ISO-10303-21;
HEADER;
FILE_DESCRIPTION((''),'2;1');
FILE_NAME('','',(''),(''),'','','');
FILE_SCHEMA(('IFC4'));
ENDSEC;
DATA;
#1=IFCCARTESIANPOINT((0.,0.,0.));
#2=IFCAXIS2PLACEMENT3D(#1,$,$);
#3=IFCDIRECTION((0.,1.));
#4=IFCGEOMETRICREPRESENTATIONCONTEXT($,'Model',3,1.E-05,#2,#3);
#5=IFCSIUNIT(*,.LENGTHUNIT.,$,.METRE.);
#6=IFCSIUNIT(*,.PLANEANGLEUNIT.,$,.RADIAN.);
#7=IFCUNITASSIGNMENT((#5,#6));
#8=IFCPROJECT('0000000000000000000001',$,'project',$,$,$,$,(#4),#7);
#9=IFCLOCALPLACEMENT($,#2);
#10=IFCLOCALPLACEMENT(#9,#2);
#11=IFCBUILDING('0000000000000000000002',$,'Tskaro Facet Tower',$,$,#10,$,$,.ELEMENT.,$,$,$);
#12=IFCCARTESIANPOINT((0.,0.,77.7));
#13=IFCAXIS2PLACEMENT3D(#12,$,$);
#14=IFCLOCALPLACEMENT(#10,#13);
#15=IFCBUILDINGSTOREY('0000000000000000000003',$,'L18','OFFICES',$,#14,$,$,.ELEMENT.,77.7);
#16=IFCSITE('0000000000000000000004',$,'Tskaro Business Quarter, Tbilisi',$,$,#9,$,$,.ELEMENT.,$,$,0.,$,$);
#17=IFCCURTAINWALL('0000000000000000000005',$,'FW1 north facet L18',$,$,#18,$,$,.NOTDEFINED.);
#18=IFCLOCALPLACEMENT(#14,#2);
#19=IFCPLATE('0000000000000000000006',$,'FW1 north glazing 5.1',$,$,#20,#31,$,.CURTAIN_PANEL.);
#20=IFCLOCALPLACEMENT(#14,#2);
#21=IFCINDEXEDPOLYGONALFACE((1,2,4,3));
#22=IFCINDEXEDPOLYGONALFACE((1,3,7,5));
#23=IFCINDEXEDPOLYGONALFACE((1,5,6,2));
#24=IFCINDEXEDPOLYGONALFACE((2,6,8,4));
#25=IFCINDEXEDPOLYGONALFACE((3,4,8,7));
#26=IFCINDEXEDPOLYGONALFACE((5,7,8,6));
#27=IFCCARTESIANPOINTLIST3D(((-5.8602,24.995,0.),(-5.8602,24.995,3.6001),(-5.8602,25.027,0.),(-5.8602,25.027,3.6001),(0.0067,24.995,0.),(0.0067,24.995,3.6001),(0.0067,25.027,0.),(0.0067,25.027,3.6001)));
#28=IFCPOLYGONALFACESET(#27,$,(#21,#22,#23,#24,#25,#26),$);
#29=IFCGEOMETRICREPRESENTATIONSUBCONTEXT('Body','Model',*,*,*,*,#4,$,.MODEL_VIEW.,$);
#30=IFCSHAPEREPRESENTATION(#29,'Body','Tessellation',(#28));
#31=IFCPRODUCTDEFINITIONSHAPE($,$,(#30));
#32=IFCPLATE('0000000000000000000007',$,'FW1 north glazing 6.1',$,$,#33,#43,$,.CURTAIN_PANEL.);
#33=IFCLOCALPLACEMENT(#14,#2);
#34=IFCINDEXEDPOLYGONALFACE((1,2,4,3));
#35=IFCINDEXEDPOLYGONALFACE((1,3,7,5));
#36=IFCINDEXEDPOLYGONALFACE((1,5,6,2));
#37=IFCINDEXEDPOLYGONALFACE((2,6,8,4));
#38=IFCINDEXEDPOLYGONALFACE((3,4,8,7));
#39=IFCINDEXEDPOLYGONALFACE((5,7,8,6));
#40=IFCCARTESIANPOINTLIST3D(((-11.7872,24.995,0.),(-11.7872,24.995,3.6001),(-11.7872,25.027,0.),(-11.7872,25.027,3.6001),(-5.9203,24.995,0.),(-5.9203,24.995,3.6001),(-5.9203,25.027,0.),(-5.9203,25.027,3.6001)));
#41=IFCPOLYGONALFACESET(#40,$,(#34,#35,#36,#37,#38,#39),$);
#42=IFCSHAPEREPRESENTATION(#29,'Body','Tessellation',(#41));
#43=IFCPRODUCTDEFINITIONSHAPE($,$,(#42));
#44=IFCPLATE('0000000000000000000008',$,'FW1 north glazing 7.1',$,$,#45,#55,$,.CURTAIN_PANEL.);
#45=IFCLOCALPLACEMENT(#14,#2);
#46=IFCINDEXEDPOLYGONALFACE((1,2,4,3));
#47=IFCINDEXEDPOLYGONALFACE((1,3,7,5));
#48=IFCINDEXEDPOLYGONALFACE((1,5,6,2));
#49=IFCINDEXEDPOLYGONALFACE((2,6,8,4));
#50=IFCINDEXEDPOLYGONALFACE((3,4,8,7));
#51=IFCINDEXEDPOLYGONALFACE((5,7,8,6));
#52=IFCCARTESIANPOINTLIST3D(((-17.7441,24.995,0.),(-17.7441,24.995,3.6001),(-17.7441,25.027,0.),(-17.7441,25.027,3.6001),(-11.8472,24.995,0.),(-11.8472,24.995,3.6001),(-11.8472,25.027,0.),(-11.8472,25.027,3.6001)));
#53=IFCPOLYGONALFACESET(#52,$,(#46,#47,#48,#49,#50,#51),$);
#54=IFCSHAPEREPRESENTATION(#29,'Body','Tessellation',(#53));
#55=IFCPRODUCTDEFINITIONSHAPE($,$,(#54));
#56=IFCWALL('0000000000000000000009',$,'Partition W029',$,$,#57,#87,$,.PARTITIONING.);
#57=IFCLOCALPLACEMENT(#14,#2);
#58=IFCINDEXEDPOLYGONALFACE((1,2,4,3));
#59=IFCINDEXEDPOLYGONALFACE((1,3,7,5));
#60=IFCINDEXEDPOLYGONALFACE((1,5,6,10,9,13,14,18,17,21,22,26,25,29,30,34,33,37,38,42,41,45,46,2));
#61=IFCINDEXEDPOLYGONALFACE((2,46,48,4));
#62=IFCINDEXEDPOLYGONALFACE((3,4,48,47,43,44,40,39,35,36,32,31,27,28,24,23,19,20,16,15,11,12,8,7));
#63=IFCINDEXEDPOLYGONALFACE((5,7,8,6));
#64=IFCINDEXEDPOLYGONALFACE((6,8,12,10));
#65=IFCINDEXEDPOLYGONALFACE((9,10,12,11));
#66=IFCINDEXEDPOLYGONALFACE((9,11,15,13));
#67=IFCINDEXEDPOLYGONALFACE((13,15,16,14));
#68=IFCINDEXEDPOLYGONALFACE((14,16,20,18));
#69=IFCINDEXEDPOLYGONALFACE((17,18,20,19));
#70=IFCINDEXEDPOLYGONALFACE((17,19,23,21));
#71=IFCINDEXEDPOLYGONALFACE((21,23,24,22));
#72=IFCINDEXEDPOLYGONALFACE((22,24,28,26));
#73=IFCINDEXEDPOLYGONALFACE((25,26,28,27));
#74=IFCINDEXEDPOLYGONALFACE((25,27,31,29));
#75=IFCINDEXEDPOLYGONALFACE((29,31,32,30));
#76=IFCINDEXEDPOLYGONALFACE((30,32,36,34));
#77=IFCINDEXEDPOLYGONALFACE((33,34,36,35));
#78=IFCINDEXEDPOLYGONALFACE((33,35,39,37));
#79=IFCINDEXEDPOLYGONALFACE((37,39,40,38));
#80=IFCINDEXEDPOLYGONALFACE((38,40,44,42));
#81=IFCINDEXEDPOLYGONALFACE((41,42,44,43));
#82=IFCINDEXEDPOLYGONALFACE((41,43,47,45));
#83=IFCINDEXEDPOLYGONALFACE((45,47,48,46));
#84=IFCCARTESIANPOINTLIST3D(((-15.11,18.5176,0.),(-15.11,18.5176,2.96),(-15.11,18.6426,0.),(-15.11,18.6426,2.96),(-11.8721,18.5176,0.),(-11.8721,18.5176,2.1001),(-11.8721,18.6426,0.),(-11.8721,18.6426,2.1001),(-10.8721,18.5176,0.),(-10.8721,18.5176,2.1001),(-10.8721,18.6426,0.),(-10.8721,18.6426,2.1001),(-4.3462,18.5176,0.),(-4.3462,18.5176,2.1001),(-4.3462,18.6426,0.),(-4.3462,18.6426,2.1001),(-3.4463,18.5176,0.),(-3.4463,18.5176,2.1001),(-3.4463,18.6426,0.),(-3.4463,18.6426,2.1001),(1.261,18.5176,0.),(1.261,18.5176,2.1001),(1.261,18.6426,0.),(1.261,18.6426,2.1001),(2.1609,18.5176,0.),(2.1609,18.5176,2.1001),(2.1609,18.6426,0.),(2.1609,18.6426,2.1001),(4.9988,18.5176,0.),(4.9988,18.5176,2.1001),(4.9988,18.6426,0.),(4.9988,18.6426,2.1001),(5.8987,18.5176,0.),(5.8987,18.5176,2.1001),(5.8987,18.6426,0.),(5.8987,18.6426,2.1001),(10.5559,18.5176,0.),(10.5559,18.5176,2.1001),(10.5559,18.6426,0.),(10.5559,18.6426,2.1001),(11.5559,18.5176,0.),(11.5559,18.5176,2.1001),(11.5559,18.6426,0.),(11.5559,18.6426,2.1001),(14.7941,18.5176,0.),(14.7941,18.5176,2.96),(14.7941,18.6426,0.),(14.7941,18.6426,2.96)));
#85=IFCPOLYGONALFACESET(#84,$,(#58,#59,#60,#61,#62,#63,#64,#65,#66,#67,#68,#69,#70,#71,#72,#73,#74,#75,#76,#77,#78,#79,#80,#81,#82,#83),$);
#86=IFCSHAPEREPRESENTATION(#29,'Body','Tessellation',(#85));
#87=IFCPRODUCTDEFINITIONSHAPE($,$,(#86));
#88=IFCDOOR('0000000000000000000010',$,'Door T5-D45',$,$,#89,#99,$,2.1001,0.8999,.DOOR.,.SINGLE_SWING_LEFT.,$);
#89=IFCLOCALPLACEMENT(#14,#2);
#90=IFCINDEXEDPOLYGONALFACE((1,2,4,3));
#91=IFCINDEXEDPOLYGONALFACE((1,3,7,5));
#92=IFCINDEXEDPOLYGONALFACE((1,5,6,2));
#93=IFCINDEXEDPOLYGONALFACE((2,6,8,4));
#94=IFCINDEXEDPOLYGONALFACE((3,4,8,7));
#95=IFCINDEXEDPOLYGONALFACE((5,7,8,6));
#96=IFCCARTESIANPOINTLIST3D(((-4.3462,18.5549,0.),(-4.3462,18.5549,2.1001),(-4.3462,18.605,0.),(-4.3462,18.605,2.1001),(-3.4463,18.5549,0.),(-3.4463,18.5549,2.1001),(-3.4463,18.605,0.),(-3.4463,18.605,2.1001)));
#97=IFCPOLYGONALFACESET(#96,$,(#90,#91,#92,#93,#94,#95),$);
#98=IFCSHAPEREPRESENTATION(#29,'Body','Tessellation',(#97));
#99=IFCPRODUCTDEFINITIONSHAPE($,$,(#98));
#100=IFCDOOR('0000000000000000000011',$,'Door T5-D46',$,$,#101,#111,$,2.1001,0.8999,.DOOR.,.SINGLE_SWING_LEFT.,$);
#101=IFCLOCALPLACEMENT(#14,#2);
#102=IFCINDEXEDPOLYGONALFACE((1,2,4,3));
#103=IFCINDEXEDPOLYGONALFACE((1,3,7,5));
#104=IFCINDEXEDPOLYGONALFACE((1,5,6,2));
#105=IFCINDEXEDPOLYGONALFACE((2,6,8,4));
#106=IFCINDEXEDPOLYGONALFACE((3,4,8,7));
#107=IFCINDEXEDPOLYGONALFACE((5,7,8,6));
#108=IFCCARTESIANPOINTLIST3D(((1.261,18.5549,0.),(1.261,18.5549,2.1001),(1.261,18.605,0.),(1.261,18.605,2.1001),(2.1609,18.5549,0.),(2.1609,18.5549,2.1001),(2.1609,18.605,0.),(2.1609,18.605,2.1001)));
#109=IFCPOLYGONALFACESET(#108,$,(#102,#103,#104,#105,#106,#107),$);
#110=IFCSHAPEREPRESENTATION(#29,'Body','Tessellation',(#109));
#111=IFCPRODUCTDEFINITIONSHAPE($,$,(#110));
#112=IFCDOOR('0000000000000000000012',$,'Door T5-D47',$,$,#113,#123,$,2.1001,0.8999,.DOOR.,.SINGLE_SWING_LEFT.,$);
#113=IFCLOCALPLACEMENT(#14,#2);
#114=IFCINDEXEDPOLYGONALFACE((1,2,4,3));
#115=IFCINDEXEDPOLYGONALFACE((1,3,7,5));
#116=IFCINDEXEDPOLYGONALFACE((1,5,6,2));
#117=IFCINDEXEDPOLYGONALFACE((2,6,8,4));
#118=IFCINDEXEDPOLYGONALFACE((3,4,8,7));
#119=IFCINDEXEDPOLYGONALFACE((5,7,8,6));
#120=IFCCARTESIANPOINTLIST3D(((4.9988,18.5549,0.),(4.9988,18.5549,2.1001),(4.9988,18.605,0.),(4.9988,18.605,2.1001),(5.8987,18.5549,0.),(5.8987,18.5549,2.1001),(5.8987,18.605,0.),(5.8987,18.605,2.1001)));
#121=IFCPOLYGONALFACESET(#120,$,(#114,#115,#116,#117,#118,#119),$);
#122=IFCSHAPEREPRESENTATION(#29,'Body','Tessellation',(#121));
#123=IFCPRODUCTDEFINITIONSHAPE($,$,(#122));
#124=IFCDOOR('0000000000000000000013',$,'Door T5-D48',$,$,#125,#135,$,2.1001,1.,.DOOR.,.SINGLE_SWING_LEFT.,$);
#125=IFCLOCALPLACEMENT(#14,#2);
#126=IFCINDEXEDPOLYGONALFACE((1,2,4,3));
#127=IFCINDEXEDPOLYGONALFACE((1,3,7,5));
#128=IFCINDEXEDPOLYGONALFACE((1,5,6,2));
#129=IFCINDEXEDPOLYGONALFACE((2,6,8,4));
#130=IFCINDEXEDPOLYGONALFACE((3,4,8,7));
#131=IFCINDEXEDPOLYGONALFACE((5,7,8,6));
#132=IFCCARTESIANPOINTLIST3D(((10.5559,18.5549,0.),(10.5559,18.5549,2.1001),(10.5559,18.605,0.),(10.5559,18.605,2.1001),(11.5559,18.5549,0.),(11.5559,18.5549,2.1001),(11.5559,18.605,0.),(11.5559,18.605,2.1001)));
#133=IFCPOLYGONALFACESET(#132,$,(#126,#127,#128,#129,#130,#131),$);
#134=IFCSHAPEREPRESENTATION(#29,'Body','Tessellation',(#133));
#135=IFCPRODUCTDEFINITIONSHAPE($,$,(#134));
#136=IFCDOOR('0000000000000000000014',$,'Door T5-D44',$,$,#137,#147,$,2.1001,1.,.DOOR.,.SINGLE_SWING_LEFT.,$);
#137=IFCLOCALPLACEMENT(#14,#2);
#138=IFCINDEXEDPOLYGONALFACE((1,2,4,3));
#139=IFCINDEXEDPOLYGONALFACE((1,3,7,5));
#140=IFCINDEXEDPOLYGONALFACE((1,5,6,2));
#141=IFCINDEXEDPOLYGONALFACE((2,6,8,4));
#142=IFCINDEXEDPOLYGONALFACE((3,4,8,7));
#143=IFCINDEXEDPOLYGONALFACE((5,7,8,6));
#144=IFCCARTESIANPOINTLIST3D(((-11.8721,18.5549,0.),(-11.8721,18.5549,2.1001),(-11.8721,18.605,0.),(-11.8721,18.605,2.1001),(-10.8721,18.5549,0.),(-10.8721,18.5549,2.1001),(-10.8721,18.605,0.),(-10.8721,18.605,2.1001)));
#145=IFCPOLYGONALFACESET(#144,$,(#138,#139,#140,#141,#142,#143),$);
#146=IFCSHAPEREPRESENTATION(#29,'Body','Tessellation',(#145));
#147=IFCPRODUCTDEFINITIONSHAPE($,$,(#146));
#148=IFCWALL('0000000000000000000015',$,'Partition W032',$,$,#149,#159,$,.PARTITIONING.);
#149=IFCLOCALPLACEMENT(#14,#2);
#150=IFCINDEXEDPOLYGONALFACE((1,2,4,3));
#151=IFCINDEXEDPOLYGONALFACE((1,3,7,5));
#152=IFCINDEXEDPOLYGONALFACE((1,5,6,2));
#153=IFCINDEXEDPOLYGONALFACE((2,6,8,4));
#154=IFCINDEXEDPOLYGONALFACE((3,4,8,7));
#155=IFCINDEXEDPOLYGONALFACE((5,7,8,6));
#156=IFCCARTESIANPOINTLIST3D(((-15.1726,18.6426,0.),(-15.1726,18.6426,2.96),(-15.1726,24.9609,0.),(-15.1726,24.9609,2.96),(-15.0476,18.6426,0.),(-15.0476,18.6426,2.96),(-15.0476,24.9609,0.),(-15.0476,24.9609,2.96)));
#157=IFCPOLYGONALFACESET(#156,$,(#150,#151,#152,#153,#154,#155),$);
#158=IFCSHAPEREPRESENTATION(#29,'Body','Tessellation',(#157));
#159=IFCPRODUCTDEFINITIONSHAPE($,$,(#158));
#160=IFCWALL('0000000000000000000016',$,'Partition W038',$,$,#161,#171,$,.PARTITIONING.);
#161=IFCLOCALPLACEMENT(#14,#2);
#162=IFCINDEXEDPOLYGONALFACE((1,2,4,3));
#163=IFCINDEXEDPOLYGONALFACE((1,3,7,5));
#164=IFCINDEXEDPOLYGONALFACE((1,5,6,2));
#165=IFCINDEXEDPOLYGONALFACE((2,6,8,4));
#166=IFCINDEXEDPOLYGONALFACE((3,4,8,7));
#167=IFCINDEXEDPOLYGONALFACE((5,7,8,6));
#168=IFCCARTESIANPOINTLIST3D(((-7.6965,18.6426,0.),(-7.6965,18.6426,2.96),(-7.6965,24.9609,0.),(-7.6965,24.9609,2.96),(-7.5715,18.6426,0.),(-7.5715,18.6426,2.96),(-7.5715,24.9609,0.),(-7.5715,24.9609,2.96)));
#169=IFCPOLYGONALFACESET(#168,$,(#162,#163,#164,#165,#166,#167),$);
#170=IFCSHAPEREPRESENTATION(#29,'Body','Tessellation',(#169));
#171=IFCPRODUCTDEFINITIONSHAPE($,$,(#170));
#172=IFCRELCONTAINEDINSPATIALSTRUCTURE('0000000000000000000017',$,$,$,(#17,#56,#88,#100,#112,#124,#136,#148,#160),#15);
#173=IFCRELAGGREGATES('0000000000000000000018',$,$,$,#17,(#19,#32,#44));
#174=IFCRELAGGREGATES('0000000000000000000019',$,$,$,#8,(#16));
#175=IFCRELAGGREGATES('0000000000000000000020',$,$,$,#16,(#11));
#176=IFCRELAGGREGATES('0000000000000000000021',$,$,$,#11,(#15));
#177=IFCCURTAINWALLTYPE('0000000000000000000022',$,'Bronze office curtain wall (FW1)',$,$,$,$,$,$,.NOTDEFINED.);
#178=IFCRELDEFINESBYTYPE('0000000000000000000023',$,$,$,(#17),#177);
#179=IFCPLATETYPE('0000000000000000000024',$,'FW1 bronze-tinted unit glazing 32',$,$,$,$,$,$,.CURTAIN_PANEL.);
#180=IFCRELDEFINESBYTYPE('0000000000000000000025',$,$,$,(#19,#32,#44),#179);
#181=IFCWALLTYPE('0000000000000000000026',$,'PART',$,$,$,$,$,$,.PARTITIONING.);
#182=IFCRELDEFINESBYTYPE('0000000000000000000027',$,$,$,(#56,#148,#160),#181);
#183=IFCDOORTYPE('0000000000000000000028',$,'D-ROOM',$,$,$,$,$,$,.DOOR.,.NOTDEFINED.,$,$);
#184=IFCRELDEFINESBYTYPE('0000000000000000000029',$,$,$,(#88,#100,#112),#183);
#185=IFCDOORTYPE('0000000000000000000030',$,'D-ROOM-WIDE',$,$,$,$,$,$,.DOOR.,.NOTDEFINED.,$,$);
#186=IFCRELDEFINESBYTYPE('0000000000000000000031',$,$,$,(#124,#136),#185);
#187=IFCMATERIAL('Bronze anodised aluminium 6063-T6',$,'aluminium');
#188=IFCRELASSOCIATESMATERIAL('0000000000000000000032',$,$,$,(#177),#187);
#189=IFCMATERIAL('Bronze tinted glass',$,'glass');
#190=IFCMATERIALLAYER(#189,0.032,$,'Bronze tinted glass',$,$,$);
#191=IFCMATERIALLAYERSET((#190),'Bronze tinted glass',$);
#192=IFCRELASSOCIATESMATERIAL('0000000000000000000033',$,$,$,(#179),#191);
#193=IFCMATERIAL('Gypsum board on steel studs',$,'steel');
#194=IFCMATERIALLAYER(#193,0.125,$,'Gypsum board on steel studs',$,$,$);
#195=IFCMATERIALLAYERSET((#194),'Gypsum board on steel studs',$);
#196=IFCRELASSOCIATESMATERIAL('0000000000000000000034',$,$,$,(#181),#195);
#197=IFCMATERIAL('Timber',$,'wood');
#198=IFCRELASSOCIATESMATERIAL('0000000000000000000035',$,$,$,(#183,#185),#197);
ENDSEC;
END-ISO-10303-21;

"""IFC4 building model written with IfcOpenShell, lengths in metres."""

from ifc_helpers import new_model, si_unit, direction, frame, frame_2d, origin, origin_2d, place, context, subcontext, project, spatial, rectangle, extrude, material, layer, layer_set, type_object, element, fill, aggregate, save


model = new_model("IFC4")

# Units and contexts
model_context = context("Model", 3, precision=1e-05, world=origin(), true_north=direction((0.0, 1.0)))
body_context = subcontext(model_context, "Body", "Model", "MODEL_VIEW")
ifc_project = project(units=[si_unit("LENGTHUNIT", "METRE"), si_unit("PLANEANGLEUNIT", "RADIAN")], contexts=[model_context])

# Site, building, storey
site_placement = place(None, origin())
site = spatial("IfcSite", under=ifc_project, at=site_placement, Name="Tskaro Business Quarter, Tbilisi", CompositionType="ELEMENT", RefElevation=0.0)
building_placement = place(site_placement, origin())
building = spatial("IfcBuilding", under=site, at=building_placement, Name="Tskaro Facet Tower", CompositionType="ELEMENT")
storey_placement = place(building_placement, frame((0.0, 0.0, 77.7)))
storey = spatial("IfcBuildingStorey", under=building, at=storey_placement, Name="L18", Description="OFFICES", CompositionType="ELEMENT", Elevation=77.7)

# Curtain wall
ifc_material_1 = material(Name="Bronze anodised aluminium 6063-T6", Category="aluminium")
curtain_wall_type = type_object("IfcCurtainWallType", Name="Bronze office curtain wall (FW1)", PredefinedType="NOTDEFINED", material=ifc_material_1)
curtain_wall_placement = place(storey_placement, origin())
curtain_wall = element("IfcCurtainWall", 1, at=curtain_wall_placement, inside=storey, type_object=curtain_wall_type, Name="FW1 north facet L18", PredefinedType="NOTDEFINED")

# Plates
ifc_material_2 = material(Name="Bronze tinted glass", Category="glass")
ifc_layer_1 = layer(ifc_material_2, 0.032, Name="Bronze tinted glass")
ifc_layer_set_1 = layer_set([ifc_layer_1], Name="Bronze tinted glass")
plate_type = type_object("IfcPlateType", Name="FW1 bronze-tinted unit glazing 32", PredefinedType="CURTAIN_PANEL", material=ifc_layer_set_1)
plate_1_placement = place(storey_placement, frame((-2.9268, 25.011, 0.0), z_axis=(0.0, 0.0, 1.0), x_axis=(-1.0, 0.0, 0.0)))
plate_1 = element("IfcPlate", 2, at=plate_1_placement, type_object=plate_type, Name="FW1 north glazing 5.1", PredefinedType="CURTAIN_PANEL", context=body_context, shape_type="SweptSolid", body=[
    extrude(rectangle(XDim=5.8669, YDim=0.032, at=origin_2d()), origin(), (0.0, 0.0, 1.0), 3.6001),
])
plate_2_placement = place(storey_placement, frame((-8.8538, 25.011, 0.0), z_axis=(0.0, 0.0, 1.0), x_axis=(-1.0, 0.0, 0.0)))
plate_2 = element("IfcPlate", 3, at=plate_2_placement, type_object=plate_type, Name="FW1 north glazing 6.1", PredefinedType="CURTAIN_PANEL", context=body_context, shape_type="SweptSolid", body=[
    extrude(rectangle(XDim=5.8669, YDim=0.032, at=origin_2d()), origin(), (0.0, 0.0, 1.0), 3.6001),
])
plate_3_placement = place(storey_placement, frame((-14.7957, 25.011, 0.0), z_axis=(0.0, 0.0, 1.0), x_axis=(-1.0, 0.0, 0.0)))
plate_3 = element("IfcPlate", 4, at=plate_3_placement, type_object=plate_type, Name="FW1 north glazing 7.1", PredefinedType="CURTAIN_PANEL", context=body_context, shape_type="SweptSolid", body=[
    extrude(rectangle(XDim=5.897, YDim=0.032, at=origin_2d()), origin(), (0.0, 0.0, 1.0), 3.6001),
])
aggregate(curtain_wall, [plate_1, plate_2, plate_3])

# Wall, openings, doors
ifc_material_3 = material(Name="Gypsum board on steel studs", Category="steel")
ifc_layer_2 = layer(ifc_material_3, 0.125, Name="Gypsum board on steel studs")
ifc_layer_set_2 = layer_set([ifc_layer_2], Name="Gypsum board on steel studs")
wall_type = type_object("IfcWallType", Name="PART", PredefinedType="PARTITIONING", material=ifc_layer_set_2)
wall_placement = place(storey_placement, frame((-15.1101, 18.5801, 0.0), z_axis=(0.0, 0.0, 1.0), x_axis=(1.0, 0.0, 0.0)))
wall = element("IfcWall", 5, at=wall_placement, inside=storey, type_object=wall_type, Name="Partition W029", PredefinedType="PARTITIONING", context=body_context, shape_type="SweptSolid", body=[
    extrude(rectangle(XDim=29.9041, YDim=0.125, at=frame_2d((14.9521, 0.0))), origin(), (0.0, 0.0, 1.0), 2.96),
])
opening_1_placement = place(wall_placement, frame((25.666, 0.0, 0.0)))
opening_1 = element("IfcOpeningElement", 6, at=opening_1_placement, cuts=wall, PredefinedType="OPENING", context=body_context, shape_type="SweptSolid", body=[
    extrude(rectangle(XDim=1.0, YDim=2.1001, at=frame_2d((0.5, 1.05))), frame((0.0, 0.0725, 0.0), z_axis=(0.0, -1.0, 0.0), x_axis=(1.0, 0.0, 0.0)), (0.0, 0.0, 1.0), 0.145),
])
opening_2_placement = place(wall_placement, frame((3.238, 0.0, 0.0)))
opening_2 = element("IfcOpeningElement", 7, at=opening_2_placement, cuts=wall, PredefinedType="OPENING", context=body_context, shape_type="SweptSolid", body=[
    extrude(rectangle(XDim=1.0, YDim=2.1001, at=frame_2d((0.5, 1.05))), frame((0.0, 0.0725, 0.0), z_axis=(0.0, -1.0, 0.0), x_axis=(1.0, 0.0, 0.0)), (0.0, 0.0, 1.0), 0.145),
])
opening_3_placement = place(wall_placement, frame((10.7639, 0.0, 0.0)))
opening_3 = element("IfcOpeningElement", 8, at=opening_3_placement, cuts=wall, PredefinedType="OPENING", context=body_context, shape_type="SweptSolid", body=[
    extrude(rectangle(XDim=0.8999, YDim=2.1001, at=frame_2d((0.45, 1.05))), frame((0.0, 0.0725, 0.0), z_axis=(0.0, -1.0, 0.0), x_axis=(1.0, 0.0, 0.0)), (0.0, 0.0, 1.0), 0.145),
])
opening_4_placement = place(wall_placement, frame((16.3711, 0.0, 0.0)))
opening_4 = element("IfcOpeningElement", 9, at=opening_4_placement, cuts=wall, PredefinedType="OPENING", context=body_context, shape_type="SweptSolid", body=[
    extrude(rectangle(XDim=0.8999, YDim=2.1001, at=frame_2d((0.45, 1.05))), frame((0.0, 0.0725, 0.0), z_axis=(0.0, -1.0, 0.0), x_axis=(1.0, 0.0, 0.0)), (0.0, 0.0, 1.0), 0.145),
])
opening_5_placement = place(wall_placement, frame((20.1089, 0.0, 0.0)))
opening_5 = element("IfcOpeningElement", 10, at=opening_5_placement, cuts=wall, PredefinedType="OPENING", context=body_context, shape_type="SweptSolid", body=[
    extrude(rectangle(XDim=0.8999, YDim=2.1001, at=frame_2d((0.45, 1.05))), frame((0.0, 0.0725, 0.0), z_axis=(0.0, -1.0, 0.0), x_axis=(1.0, 0.0, 0.0)), (0.0, 0.0, 1.0), 0.145),
])
ifc_material_4 = material(Name="Timber", Category="wood")
door_type_1 = type_object("IfcDoorType", Name="D-ROOM", OperationType="NOTDEFINED", PredefinedType="DOOR", material=ifc_material_4)
door_1_placement = place(opening_3_placement, origin())
door_1 = element("IfcDoor", 11, at=door_1_placement, inside=storey, type_object=door_type_1, Name="Door T5-D45", OperationType="SINGLE_SWING_LEFT", OverallHeight=2.1001, OverallWidth=0.8999, PredefinedType="DOOR", context=body_context, shape_type="SweptSolid", body=[
    extrude(rectangle(XDim=0.8999, YDim=2.1001, at=frame_2d((0.45, 1.05))), frame((0.0, 0.0249, 0.0), z_axis=(0.0, -1.0, 0.0), x_axis=(1.0, 0.0, 0.0)), (0.0, 0.0, 1.0), 0.05),
])
fill(opening_3, door_1)
door_2_placement = place(opening_4_placement, origin())
door_2 = element("IfcDoor", 12, at=door_2_placement, inside=storey, type_object=door_type_1, Name="Door T5-D46", OperationType="SINGLE_SWING_LEFT", OverallHeight=2.1001, OverallWidth=0.8999, PredefinedType="DOOR", context=body_context, shape_type="SweptSolid", body=[
    extrude(rectangle(XDim=0.8999, YDim=2.1001, at=frame_2d((0.45, 1.05))), frame((0.0, 0.0249, 0.0), z_axis=(0.0, -1.0, 0.0), x_axis=(1.0, 0.0, 0.0)), (0.0, 0.0, 1.0), 0.05),
])
fill(opening_4, door_2)
door_3_placement = place(opening_5_placement, origin())
door_3 = element("IfcDoor", 13, at=door_3_placement, inside=storey, type_object=door_type_1, Name="Door T5-D47", OperationType="SINGLE_SWING_LEFT", OverallHeight=2.1001, OverallWidth=0.8999, PredefinedType="DOOR", context=body_context, shape_type="SweptSolid", body=[
    extrude(rectangle(XDim=0.8999, YDim=2.1001, at=frame_2d((0.45, 1.05))), frame((0.0, 0.0249, 0.0), z_axis=(0.0, -1.0, 0.0), x_axis=(1.0, 0.0, 0.0)), (0.0, 0.0, 1.0), 0.05),
])
fill(opening_5, door_3)
door_type_2 = type_object("IfcDoorType", Name="D-ROOM-WIDE", OperationType="NOTDEFINED", PredefinedType="DOOR", material=ifc_material_4)
door_4_placement = place(opening_1_placement, origin())
door_4 = element("IfcDoor", 14, at=door_4_placement, inside=storey, type_object=door_type_2, Name="Door T5-D48", OperationType="SINGLE_SWING_LEFT", OverallHeight=2.1001, OverallWidth=1.0, PredefinedType="DOOR", context=body_context, shape_type="SweptSolid", body=[
    extrude(rectangle(XDim=1.0, YDim=2.1001, at=frame_2d((0.5, 1.05))), frame((0.0, 0.0249, 0.0), z_axis=(0.0, -1.0, 0.0), x_axis=(1.0, 0.0, 0.0)), (0.0, 0.0, 1.0), 0.05),
])
fill(opening_1, door_4)
door_5_placement = place(opening_2_placement, origin())
door_5 = element("IfcDoor", 15, at=door_5_placement, inside=storey, type_object=door_type_2, Name="Door T5-D44", OperationType="SINGLE_SWING_LEFT", OverallHeight=2.1001, OverallWidth=1.0, PredefinedType="DOOR", context=body_context, shape_type="SweptSolid", body=[
    extrude(rectangle(XDim=1.0, YDim=2.1001, at=frame_2d((0.5, 1.05))), frame((0.0, 0.0249, 0.0), z_axis=(0.0, -1.0, 0.0), x_axis=(1.0, 0.0, 0.0)), (0.0, 0.0, 1.0), 0.05),
])
fill(opening_2, door_5)

# Walls
for number, where, z_axis, x_axis, name in (
    (16, (-15.1101, 18.6426, 0.0), (0.0, 0.0, 1.0), (0.0, 1.0, 0.0), "Partition W032"),
    (17, (-7.634, 18.6426, 0.0), (0.0, 0.0, 1.0), (0.0, 1.0, 0.0), "Partition W038"),
):
    element("IfcWall", number, at=place(storey_placement, frame(where, z_axis=z_axis, x_axis=x_axis)), inside=storey, type_object=wall_type, Name=name, PredefinedType="PARTITIONING", context=body_context, shape_type="SweptSolid", body=[
        extrude(rectangle(XDim=6.3184, YDim=0.125, at=frame_2d((3.1592, 0.0))), origin(), (0.0, 0.0, 1.0), 2.96),
    ])

save(model, "model.ifc")
